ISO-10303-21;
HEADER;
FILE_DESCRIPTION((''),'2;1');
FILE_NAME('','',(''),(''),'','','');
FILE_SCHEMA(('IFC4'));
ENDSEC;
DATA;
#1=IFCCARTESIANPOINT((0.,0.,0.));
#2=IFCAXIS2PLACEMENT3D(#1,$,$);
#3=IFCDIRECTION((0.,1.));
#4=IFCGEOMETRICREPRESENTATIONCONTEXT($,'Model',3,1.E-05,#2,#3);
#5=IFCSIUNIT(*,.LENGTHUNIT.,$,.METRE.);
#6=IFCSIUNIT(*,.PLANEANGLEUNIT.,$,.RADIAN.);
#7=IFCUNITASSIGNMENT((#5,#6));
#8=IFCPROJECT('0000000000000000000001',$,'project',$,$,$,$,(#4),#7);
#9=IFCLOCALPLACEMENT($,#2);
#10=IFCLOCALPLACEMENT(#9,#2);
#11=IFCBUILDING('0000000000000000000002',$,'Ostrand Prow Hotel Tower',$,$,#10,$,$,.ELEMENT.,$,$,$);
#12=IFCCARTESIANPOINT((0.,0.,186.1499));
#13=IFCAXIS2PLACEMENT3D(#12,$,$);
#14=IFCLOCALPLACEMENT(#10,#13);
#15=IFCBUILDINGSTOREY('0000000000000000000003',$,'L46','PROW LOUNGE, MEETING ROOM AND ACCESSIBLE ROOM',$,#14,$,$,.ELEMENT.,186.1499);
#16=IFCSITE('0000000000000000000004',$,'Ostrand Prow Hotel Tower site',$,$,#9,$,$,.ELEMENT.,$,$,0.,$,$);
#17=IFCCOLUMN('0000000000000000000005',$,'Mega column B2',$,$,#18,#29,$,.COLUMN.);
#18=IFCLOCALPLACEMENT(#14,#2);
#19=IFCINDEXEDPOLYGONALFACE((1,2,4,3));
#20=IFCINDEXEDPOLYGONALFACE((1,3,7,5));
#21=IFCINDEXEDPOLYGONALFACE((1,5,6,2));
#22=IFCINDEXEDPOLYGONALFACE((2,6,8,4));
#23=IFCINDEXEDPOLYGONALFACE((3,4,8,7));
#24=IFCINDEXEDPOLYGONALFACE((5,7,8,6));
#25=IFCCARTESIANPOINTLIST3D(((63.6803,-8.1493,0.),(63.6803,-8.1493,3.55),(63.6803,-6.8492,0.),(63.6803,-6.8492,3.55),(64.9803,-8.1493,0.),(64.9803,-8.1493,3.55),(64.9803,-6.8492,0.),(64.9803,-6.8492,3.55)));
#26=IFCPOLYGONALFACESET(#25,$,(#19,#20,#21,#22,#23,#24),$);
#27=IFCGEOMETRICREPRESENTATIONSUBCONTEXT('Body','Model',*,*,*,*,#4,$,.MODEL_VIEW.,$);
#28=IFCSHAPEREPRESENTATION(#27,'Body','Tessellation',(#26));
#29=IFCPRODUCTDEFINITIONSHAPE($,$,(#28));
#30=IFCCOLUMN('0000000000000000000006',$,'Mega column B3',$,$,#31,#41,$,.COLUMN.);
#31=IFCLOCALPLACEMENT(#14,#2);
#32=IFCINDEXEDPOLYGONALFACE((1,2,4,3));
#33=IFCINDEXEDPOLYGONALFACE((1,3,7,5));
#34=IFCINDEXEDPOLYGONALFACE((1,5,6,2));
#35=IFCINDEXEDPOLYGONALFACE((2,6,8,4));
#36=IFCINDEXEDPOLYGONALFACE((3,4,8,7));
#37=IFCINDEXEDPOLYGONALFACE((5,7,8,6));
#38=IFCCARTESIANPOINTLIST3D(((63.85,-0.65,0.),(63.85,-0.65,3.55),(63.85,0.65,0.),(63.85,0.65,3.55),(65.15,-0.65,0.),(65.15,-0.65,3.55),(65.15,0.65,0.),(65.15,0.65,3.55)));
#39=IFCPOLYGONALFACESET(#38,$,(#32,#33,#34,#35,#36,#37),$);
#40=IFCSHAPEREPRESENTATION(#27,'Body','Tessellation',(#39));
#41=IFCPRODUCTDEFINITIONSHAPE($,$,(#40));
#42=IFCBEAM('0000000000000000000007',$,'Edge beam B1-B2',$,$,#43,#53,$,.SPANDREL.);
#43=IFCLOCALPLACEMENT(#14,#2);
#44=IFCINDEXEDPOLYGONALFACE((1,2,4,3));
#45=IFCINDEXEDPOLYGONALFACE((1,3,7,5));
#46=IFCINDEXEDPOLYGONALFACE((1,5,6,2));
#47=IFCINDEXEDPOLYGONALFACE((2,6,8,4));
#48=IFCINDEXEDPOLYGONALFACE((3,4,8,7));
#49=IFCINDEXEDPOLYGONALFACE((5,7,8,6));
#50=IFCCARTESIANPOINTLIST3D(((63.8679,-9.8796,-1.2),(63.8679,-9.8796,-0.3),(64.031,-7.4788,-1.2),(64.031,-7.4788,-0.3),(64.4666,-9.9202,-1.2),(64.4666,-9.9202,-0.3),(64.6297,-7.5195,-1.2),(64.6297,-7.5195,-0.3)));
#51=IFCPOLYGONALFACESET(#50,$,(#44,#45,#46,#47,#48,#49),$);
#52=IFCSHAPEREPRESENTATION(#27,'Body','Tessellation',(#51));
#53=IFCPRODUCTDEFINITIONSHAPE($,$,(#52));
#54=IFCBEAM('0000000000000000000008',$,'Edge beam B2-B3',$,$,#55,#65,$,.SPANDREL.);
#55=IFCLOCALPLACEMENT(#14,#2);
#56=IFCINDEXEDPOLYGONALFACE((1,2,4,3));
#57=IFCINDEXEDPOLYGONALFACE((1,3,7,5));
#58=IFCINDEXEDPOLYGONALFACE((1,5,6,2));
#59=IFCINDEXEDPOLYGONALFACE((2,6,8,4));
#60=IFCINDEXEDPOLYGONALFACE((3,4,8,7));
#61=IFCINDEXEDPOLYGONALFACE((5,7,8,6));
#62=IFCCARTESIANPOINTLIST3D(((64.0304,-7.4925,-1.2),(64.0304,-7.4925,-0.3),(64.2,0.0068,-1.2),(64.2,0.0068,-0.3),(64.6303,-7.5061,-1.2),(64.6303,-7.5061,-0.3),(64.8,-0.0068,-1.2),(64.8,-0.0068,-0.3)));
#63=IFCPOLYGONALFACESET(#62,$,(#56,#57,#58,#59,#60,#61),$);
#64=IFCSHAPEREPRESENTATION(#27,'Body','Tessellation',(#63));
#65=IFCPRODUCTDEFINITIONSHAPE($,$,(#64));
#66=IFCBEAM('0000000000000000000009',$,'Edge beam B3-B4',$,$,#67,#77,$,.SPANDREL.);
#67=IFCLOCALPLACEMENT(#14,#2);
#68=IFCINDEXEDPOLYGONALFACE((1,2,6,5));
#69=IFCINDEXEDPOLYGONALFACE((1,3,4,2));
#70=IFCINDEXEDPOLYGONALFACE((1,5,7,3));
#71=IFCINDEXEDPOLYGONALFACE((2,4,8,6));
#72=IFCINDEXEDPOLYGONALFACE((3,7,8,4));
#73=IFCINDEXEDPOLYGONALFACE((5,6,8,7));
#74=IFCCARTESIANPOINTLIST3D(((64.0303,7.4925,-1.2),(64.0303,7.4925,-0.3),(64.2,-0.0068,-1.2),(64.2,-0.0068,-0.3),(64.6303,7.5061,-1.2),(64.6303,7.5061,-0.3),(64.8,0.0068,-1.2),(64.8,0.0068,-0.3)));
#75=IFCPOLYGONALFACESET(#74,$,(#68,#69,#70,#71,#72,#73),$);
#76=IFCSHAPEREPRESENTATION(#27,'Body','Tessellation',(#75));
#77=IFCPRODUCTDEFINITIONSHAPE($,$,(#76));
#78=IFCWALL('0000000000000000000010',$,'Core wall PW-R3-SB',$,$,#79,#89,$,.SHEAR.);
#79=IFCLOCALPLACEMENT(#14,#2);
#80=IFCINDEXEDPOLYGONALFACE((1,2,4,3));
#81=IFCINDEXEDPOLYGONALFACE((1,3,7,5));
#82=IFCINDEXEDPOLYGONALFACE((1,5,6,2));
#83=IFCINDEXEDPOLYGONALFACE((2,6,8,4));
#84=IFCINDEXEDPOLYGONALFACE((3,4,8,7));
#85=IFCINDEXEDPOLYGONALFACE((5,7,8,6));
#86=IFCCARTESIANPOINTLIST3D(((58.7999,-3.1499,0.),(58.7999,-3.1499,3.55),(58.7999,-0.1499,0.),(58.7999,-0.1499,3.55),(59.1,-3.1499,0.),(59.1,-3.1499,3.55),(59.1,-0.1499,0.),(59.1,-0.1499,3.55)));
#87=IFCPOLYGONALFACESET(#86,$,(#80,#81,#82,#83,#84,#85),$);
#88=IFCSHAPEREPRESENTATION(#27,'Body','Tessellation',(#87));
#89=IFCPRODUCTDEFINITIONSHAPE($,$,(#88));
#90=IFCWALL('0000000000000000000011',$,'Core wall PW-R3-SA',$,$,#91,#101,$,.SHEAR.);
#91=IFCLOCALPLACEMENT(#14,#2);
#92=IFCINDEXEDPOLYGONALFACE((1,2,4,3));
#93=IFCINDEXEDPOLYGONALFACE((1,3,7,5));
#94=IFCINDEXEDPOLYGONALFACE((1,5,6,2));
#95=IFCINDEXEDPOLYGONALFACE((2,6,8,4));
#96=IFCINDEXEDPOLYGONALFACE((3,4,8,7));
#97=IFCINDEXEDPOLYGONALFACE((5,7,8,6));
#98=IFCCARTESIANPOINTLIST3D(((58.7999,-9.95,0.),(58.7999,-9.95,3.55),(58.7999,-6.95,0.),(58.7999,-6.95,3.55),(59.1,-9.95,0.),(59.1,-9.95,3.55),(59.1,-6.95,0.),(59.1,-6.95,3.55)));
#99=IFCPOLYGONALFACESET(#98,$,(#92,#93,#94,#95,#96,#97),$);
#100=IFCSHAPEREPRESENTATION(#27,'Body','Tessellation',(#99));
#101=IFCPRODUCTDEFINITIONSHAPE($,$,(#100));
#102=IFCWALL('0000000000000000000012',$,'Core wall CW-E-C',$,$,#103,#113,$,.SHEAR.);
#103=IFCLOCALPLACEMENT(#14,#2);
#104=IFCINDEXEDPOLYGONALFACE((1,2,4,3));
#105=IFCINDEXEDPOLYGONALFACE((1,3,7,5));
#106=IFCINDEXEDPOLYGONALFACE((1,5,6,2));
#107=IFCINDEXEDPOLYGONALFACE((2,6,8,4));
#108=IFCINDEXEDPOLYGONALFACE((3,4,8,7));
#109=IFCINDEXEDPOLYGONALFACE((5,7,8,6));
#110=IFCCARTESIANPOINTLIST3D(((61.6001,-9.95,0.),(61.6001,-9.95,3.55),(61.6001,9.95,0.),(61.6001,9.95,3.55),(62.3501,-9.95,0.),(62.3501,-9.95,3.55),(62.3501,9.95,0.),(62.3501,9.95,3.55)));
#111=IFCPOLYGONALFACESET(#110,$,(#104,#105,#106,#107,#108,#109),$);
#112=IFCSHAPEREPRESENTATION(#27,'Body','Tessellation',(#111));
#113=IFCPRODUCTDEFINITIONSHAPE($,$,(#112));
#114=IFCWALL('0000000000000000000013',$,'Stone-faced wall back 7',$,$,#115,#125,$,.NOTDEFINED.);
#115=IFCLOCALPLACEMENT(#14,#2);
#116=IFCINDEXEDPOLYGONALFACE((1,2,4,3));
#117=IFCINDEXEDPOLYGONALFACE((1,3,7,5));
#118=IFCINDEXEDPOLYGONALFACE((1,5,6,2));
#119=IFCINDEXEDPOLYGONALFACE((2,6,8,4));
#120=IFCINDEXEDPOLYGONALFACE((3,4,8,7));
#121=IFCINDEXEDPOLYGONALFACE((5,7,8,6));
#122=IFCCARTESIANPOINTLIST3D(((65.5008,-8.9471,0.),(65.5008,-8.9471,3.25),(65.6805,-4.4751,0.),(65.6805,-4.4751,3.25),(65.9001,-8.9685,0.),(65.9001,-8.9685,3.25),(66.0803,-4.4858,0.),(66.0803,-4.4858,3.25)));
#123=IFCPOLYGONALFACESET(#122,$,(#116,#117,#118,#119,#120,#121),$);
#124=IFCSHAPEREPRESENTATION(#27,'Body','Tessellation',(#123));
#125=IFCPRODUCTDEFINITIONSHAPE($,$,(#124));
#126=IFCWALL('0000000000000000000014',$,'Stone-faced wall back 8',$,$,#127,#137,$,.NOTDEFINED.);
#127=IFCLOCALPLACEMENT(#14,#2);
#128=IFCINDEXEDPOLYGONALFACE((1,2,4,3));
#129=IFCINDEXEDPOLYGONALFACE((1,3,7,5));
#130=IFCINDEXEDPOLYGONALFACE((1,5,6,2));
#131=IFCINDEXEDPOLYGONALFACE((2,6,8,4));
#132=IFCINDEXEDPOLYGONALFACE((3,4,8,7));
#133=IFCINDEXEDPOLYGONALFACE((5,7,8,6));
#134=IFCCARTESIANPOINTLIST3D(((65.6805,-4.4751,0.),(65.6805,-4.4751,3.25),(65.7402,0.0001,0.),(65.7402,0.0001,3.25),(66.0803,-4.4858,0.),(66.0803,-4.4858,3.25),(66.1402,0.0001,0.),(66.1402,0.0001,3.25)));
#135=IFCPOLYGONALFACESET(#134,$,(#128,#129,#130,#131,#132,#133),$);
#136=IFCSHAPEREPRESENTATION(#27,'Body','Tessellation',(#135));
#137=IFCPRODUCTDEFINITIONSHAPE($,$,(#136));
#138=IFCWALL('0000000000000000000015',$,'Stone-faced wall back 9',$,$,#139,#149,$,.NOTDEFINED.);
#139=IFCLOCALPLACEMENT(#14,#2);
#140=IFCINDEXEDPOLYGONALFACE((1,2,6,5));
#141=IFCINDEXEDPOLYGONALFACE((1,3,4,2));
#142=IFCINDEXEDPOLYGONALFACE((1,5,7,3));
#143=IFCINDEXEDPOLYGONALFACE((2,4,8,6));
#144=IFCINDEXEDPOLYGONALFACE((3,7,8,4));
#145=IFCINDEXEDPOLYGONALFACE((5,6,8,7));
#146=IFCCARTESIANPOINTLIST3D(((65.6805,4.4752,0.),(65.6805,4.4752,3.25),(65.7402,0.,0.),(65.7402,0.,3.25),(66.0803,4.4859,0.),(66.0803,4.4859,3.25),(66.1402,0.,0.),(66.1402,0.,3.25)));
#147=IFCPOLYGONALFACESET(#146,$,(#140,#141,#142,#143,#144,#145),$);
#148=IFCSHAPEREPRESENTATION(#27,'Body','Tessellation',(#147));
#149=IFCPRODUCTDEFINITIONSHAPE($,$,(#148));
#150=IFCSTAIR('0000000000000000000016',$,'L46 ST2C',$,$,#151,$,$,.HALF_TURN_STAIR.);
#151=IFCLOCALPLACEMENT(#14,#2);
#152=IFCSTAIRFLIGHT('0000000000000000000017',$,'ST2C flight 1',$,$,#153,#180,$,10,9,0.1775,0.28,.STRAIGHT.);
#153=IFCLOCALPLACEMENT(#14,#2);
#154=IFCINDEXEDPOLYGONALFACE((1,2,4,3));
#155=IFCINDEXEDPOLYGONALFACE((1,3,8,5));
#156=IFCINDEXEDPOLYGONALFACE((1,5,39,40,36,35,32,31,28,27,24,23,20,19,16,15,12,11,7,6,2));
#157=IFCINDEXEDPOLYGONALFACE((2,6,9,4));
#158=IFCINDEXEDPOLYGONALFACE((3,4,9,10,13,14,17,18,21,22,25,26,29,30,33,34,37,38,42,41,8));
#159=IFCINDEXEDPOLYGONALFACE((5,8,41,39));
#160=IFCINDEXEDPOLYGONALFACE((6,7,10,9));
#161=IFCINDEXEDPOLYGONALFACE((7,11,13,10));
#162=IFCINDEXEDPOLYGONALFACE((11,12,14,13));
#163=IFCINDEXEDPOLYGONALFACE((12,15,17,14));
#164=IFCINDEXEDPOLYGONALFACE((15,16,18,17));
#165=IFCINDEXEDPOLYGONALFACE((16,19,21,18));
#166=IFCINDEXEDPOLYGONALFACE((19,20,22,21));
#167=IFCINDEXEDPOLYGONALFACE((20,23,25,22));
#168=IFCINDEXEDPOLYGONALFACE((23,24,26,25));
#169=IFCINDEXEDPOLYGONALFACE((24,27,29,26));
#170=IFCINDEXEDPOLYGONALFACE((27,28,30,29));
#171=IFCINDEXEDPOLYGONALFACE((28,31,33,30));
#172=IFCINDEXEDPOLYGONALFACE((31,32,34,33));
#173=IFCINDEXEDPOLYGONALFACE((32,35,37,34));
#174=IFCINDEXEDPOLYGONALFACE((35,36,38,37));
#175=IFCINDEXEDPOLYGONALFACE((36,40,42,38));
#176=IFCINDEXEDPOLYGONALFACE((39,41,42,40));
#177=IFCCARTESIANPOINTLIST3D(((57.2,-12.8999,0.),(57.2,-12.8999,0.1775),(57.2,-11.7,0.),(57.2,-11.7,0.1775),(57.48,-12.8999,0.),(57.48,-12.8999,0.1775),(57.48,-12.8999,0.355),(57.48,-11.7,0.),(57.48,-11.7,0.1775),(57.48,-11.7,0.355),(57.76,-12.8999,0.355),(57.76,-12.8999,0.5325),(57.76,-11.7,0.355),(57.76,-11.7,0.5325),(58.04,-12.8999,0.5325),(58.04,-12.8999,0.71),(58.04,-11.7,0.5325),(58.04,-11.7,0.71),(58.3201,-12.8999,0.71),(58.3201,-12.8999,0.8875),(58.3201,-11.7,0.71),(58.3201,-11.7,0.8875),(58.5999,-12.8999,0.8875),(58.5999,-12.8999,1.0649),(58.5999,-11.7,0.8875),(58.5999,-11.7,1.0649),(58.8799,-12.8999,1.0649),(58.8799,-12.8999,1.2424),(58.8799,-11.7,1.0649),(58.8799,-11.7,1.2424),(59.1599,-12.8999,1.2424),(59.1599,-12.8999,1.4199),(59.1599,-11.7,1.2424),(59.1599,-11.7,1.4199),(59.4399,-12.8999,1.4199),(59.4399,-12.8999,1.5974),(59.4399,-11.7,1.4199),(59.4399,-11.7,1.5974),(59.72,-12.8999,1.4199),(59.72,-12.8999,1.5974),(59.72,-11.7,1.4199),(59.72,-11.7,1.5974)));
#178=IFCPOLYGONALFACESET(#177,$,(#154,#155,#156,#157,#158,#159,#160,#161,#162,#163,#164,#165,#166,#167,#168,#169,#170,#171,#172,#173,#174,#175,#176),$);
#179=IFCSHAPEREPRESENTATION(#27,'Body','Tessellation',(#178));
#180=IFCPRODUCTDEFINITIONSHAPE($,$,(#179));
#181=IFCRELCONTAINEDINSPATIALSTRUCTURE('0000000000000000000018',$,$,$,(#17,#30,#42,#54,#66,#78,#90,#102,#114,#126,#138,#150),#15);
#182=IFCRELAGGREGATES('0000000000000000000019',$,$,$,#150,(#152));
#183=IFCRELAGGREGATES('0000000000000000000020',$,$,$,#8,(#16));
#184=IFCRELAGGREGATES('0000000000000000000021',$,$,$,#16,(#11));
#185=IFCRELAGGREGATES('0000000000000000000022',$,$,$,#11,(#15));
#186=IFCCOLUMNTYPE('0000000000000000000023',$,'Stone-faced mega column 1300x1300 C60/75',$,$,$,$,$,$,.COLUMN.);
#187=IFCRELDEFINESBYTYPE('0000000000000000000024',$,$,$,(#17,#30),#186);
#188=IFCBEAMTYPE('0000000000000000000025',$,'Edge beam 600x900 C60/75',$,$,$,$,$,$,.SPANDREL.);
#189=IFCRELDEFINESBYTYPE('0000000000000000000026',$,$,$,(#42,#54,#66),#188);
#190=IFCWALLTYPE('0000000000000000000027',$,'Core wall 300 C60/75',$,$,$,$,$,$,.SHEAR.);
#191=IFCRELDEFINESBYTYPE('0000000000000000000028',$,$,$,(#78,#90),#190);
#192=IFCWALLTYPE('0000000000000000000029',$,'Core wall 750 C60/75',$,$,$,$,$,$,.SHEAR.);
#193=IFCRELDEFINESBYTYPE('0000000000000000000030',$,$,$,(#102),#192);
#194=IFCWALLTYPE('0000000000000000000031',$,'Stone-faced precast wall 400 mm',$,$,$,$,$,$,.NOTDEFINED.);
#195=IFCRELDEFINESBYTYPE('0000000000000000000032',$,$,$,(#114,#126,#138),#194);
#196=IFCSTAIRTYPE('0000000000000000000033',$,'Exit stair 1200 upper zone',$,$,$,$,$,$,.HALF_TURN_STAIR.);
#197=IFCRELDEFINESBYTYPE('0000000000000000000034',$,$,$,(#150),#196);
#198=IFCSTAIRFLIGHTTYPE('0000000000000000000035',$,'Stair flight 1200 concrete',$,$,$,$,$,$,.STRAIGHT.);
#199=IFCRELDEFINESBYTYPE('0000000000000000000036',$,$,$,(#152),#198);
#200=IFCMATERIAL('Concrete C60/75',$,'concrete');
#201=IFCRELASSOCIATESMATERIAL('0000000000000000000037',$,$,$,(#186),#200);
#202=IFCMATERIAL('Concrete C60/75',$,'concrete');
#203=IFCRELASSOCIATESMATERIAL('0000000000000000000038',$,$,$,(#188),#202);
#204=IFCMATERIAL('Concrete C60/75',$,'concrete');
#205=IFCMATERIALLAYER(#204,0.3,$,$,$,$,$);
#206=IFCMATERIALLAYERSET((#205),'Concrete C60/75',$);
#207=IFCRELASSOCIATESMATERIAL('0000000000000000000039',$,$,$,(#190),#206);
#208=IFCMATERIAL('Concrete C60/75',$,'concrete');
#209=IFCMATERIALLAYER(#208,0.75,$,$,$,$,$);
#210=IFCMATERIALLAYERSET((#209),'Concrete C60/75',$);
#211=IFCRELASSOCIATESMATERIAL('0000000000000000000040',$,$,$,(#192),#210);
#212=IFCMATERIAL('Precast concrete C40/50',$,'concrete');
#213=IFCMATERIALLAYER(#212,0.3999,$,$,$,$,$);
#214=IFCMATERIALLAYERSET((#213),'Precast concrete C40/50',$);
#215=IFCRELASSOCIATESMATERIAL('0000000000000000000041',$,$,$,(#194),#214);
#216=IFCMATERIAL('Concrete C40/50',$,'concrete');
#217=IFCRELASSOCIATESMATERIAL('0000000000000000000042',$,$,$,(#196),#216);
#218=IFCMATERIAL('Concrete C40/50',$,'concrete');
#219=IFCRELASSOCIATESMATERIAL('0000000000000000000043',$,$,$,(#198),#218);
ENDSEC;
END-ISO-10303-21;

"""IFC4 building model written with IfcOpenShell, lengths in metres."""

from ifc_helpers import new_model, si_unit, direction, frame, frame_2d, origin, origin_2d, place, context, subcontext, project, spatial, polyline, rectangle, outline, extrude, material, layer, layer_set, material_profile, profile_set, type_object, element, aggregate, save


model = new_model("IFC4")

# Units and contexts
model_context = context("Model", 3, precision=1e-05, world=origin(), true_north=direction((0.0, 1.0)))
body_context = subcontext(model_context, "Body", "Model", "MODEL_VIEW")
ifc_project = project(units=[si_unit("LENGTHUNIT", "METRE"), si_unit("PLANEANGLEUNIT", "RADIAN")], contexts=[model_context])

# Site, building, storey
site_placement = place(None, origin())
site = spatial("IfcSite", under=ifc_project, at=site_placement, Name="Ostrand Prow Hotel Tower site", CompositionType="ELEMENT", RefElevation=0.0)
building_placement = place(site_placement, origin())
building = spatial("IfcBuilding", under=site, at=building_placement, Name="Ostrand Prow Hotel Tower", CompositionType="ELEMENT")
storey_placement = place(building_placement, frame((0.0, 0.0, 186.1499)))
storey = spatial("IfcBuildingStorey", under=building, at=storey_placement, Name="L46", Description="PROW LOUNGE, MEETING ROOM AND ACCESSIBLE ROOM", CompositionType="ELEMENT", Elevation=186.1499)

# Columns
ifc_material_1 = material(Name="Concrete C60/75", Category="concrete")
ifc_material_profile_1 = material_profile(ifc_material_1, rectangle(XDim=1.3, YDim=1.3, at=origin_2d()), Name="RC 1300x1300")
ifc_profile_set_1 = profile_set([ifc_material_profile_1], Name="Concrete C60/75")
column_type = type_object("IfcColumnType", Name="Stone-faced mega column 1300x1300 C60/75", PredefinedType="COLUMN", material=ifc_profile_set_1)
for number, where, z_axis, x_axis, name in (
    (1, (64.3303, -7.4993, 0.0), (0.0, 0.0, 1.0), (1.0, 0.0, 0.0), "Mega column B2"),
    (2, (64.5, 0.0, 0.0), (0.0, 0.0, 1.0), (1.0, 0.0, 0.0), "Mega column B3"),
):
    element("IfcColumn", number, at=place(storey_placement, frame(where, z_axis=z_axis, x_axis=x_axis)), inside=storey, type_object=column_type, Name=name, PredefinedType="COLUMN", context=body_context, shape_type="SweptSolid", body=[
        extrude(rectangle(XDim=1.3, YDim=1.3, at=origin_2d()), origin(), (0.0, 0.0, 1.0), 3.55),
    ])

# Beams
ifc_material_2 = material(Name="Concrete C60/75", Category="concrete")
ifc_material_profile_2 = material_profile(ifc_material_2, rectangle(XDim=0.6001, YDim=0.8999, at=origin_2d()), Name="RC 600x900")
ifc_profile_set_2 = profile_set([ifc_material_profile_2], Name="Concrete C60/75")
beam_type = type_object("IfcBeamType", Name="Edge beam 600x900 C60/75", PredefinedType="SPANDREL", material=ifc_profile_set_2)
beam_placement = place(storey_placement, frame((64.1672, -9.8999, -0.75), z_axis=(0.067778, 0.9977, 0.0), x_axis=(-0.9977, 0.067778, 0.0)))
element("IfcBeam", 3, at=beam_placement, inside=storey, type_object=beam_type, Name="Edge beam B1-B2", PredefinedType="SPANDREL", context=body_context, shape_type="SweptSolid", body=[
    extrude(rectangle(XDim=0.6001, YDim=0.8999, at=origin_2d()), origin(), (0.0, 0.0, 1.0), 2.4062),
])
for number, where, z_axis, x_axis, name in (
    (4, (64.3303, -7.4993, -0.75), (0.02262, 0.999744, 0.0), (-0.999744, 0.02262, 0.0), "Edge beam B2-B3"),
    (5, (64.5, 0.0, -0.75), (-0.02262, 0.999744, 0.0), (-0.999744, -0.02262, 0.0), "Edge beam B3-B4"),
):
    element("IfcBeam", number, at=place(storey_placement, frame(where, z_axis=z_axis, x_axis=x_axis)), inside=storey, type_object=beam_type, Name=name, PredefinedType="SPANDREL", context=body_context, shape_type="SweptSolid", body=[
        extrude(rectangle(XDim=0.6001, YDim=0.8999, at=origin_2d()), origin(), (0.0, 0.0, 1.0), 7.5012),
    ])

# Walls
ifc_material_3 = material(Name="Concrete C60/75", Category="concrete")
ifc_layer_1 = layer(ifc_material_3, 0.3)
ifc_layer_set_1 = layer_set([ifc_layer_1], Name="Concrete C60/75")
wall_type_1 = type_object("IfcWallType", Name="Core wall 300 C60/75", PredefinedType="SHEAR", material=ifc_layer_set_1)
for number, where, z_axis, x_axis, name in (
    (6, (58.95, -3.1499, 0.0), (0.0, 0.0, 1.0), (0.0, 1.0, 0.0), "Core wall PW-R3-SB"),
    (7, (58.95, -9.95, 0.0), (0.0, 0.0, 1.0), (0.0, 1.0, 0.0), "Core wall PW-R3-SA"),
):
    element("IfcWall", number, at=place(storey_placement, frame(where, z_axis=z_axis, x_axis=x_axis)), inside=storey, type_object=wall_type_1, Name=name, PredefinedType="SHEAR", context=body_context, shape_type="SweptSolid", body=[
        extrude(rectangle(XDim=3.0, YDim=0.3, at=frame_2d((1.5, 0.0))), origin(), (0.0, 0.0, 1.0), 3.55),
    ])
ifc_material_4 = material(Name="Concrete C60/75", Category="concrete")
ifc_layer_2 = layer(ifc_material_4, 0.75)
ifc_layer_set_2 = layer_set([ifc_layer_2], Name="Concrete C60/75")
wall_type_2 = type_object("IfcWallType", Name="Core wall 750 C60/75", PredefinedType="SHEAR", material=ifc_layer_set_2)
wall_placement = place(storey_placement, frame((61.9751, -9.95, 0.0), z_axis=(0.0, 0.0, 1.0), x_axis=(0.0, 1.0, 0.0)))
element("IfcWall", 8, at=wall_placement, inside=storey, type_object=wall_type_2, Name="Core wall CW-E-C", PredefinedType="SHEAR", context=body_context, shape_type="SweptSolid", body=[
    extrude(rectangle(XDim=19.8999, YDim=0.75, at=frame_2d((9.95, 0.0))), origin(), (0.0, 0.0, 1.0), 3.55),
])
ifc_material_5 = material(Name="Precast concrete C40/50", Category="concrete")
ifc_layer_3 = layer(ifc_material_5, 0.3999)
ifc_layer_set_3 = layer_set([ifc_layer_3], Name="Precast concrete C40/50")
wall_type_3 = type_object("IfcWallType", Name="Stone-faced precast wall 400 mm", PredefinedType="NOTDEFINED", material=ifc_layer_set_3)
for number, where, z_axis, x_axis, name in (
    (9, (65.7004, -8.9578, 0.0), (0.0, 0.0, 1.0), (0.040155, 0.999193, 0.0), "Stone-faced wall back 7"),
    (10, (65.8804, -4.4805, 0.0), (0.0, 0.0, 1.0), (0.013349, 0.999911, 0.0), "Stone-faced wall back 8"),
    (11, (65.9402, 0.0, 0.0), (0.0, 0.0, 1.0), (-0.013349, 0.999911, 0.0), "Stone-faced wall back 9"),
):
    element("IfcWall", number, at=place(storey_placement, frame(where, z_axis=z_axis, x_axis=x_axis)), inside=storey, type_object=wall_type_3, Name=name, PredefinedType="NOTDEFINED", context=body_context, shape_type="SweptSolid", body=[
        extrude(outline(polyline([(-0.0027, -0.2), (4.4836, -0.2), (4.4783, 0.2), (0.0027, 0.2), (-0.0027, -0.2)])), origin(), (0.0, 0.0, 1.0), 3.25),
    ])

# Stair, stair flight
ifc_material_6 = material(Name="Concrete C40/50", Category="concrete")
stair_type = type_object("IfcStairType", Name="Exit stair 1200 upper zone", PredefinedType="HALF_TURN_STAIR", material=ifc_material_6)
stair_placement = place(storey_placement, origin())
stair = element("IfcStair", 12, at=stair_placement, inside=storey, type_object=stair_type, Name="L46 ST2C", PredefinedType="HALF_TURN_STAIR")
ifc_material_7 = material(Name="Concrete C40/50", Category="concrete")
stair_flight_type = type_object("IfcStairFlightType", Name="Stair flight 1200 concrete", PredefinedType="STRAIGHT", material=ifc_material_7)
stair_flight_1_placement = place(storey_placement, frame((57.2, -12.3, 0.0), z_axis=(0.0, 0.0, 1.0), x_axis=(1.0, 0.0, 0.0)))
stair_flight_1 = element("IfcStairFlight", 13, at=stair_flight_1_placement, type_object=stair_flight_type, Name="ST2C flight 1", NumberOfRisers=10, NumberOfTreads=9, PredefinedType="STRAIGHT", RiserHeight=0.1775, TreadLength=0.28, context=body_context, shape_type="SweptSolid", body=[
    extrude(outline(polyline([(0.0, 0.0), (0.0, 0.1775), (0.28, 0.1775), (0.28, 0.355), (0.5601, 0.355), (0.5601, 0.5325), (0.8401, 0.5325), (0.8401, 0.71), (1.1201, 0.71), (1.1201, 0.8875), (1.3999, 0.8875), (1.3999, 1.0649), (1.6799, 1.0649), (1.6799, 1.2424), (1.96, 1.2424), (1.96, 1.4199), (2.24, 1.4199), (2.24, 1.5974), (2.52, 1.5974), (2.52, 1.7749), (2.52, 1.4199), (0.28, 0.0), (0.0, 0.0)])), frame((0.0, 0.6001, 0.0), z_axis=(0.0, -1.0, 0.0), x_axis=(1.0, 0.0, 0.0)), (0.0, 0.0, 1.0), 1.2),
])
aggregate(stair, [stair_flight_1])

save(model, "model.ifc")
